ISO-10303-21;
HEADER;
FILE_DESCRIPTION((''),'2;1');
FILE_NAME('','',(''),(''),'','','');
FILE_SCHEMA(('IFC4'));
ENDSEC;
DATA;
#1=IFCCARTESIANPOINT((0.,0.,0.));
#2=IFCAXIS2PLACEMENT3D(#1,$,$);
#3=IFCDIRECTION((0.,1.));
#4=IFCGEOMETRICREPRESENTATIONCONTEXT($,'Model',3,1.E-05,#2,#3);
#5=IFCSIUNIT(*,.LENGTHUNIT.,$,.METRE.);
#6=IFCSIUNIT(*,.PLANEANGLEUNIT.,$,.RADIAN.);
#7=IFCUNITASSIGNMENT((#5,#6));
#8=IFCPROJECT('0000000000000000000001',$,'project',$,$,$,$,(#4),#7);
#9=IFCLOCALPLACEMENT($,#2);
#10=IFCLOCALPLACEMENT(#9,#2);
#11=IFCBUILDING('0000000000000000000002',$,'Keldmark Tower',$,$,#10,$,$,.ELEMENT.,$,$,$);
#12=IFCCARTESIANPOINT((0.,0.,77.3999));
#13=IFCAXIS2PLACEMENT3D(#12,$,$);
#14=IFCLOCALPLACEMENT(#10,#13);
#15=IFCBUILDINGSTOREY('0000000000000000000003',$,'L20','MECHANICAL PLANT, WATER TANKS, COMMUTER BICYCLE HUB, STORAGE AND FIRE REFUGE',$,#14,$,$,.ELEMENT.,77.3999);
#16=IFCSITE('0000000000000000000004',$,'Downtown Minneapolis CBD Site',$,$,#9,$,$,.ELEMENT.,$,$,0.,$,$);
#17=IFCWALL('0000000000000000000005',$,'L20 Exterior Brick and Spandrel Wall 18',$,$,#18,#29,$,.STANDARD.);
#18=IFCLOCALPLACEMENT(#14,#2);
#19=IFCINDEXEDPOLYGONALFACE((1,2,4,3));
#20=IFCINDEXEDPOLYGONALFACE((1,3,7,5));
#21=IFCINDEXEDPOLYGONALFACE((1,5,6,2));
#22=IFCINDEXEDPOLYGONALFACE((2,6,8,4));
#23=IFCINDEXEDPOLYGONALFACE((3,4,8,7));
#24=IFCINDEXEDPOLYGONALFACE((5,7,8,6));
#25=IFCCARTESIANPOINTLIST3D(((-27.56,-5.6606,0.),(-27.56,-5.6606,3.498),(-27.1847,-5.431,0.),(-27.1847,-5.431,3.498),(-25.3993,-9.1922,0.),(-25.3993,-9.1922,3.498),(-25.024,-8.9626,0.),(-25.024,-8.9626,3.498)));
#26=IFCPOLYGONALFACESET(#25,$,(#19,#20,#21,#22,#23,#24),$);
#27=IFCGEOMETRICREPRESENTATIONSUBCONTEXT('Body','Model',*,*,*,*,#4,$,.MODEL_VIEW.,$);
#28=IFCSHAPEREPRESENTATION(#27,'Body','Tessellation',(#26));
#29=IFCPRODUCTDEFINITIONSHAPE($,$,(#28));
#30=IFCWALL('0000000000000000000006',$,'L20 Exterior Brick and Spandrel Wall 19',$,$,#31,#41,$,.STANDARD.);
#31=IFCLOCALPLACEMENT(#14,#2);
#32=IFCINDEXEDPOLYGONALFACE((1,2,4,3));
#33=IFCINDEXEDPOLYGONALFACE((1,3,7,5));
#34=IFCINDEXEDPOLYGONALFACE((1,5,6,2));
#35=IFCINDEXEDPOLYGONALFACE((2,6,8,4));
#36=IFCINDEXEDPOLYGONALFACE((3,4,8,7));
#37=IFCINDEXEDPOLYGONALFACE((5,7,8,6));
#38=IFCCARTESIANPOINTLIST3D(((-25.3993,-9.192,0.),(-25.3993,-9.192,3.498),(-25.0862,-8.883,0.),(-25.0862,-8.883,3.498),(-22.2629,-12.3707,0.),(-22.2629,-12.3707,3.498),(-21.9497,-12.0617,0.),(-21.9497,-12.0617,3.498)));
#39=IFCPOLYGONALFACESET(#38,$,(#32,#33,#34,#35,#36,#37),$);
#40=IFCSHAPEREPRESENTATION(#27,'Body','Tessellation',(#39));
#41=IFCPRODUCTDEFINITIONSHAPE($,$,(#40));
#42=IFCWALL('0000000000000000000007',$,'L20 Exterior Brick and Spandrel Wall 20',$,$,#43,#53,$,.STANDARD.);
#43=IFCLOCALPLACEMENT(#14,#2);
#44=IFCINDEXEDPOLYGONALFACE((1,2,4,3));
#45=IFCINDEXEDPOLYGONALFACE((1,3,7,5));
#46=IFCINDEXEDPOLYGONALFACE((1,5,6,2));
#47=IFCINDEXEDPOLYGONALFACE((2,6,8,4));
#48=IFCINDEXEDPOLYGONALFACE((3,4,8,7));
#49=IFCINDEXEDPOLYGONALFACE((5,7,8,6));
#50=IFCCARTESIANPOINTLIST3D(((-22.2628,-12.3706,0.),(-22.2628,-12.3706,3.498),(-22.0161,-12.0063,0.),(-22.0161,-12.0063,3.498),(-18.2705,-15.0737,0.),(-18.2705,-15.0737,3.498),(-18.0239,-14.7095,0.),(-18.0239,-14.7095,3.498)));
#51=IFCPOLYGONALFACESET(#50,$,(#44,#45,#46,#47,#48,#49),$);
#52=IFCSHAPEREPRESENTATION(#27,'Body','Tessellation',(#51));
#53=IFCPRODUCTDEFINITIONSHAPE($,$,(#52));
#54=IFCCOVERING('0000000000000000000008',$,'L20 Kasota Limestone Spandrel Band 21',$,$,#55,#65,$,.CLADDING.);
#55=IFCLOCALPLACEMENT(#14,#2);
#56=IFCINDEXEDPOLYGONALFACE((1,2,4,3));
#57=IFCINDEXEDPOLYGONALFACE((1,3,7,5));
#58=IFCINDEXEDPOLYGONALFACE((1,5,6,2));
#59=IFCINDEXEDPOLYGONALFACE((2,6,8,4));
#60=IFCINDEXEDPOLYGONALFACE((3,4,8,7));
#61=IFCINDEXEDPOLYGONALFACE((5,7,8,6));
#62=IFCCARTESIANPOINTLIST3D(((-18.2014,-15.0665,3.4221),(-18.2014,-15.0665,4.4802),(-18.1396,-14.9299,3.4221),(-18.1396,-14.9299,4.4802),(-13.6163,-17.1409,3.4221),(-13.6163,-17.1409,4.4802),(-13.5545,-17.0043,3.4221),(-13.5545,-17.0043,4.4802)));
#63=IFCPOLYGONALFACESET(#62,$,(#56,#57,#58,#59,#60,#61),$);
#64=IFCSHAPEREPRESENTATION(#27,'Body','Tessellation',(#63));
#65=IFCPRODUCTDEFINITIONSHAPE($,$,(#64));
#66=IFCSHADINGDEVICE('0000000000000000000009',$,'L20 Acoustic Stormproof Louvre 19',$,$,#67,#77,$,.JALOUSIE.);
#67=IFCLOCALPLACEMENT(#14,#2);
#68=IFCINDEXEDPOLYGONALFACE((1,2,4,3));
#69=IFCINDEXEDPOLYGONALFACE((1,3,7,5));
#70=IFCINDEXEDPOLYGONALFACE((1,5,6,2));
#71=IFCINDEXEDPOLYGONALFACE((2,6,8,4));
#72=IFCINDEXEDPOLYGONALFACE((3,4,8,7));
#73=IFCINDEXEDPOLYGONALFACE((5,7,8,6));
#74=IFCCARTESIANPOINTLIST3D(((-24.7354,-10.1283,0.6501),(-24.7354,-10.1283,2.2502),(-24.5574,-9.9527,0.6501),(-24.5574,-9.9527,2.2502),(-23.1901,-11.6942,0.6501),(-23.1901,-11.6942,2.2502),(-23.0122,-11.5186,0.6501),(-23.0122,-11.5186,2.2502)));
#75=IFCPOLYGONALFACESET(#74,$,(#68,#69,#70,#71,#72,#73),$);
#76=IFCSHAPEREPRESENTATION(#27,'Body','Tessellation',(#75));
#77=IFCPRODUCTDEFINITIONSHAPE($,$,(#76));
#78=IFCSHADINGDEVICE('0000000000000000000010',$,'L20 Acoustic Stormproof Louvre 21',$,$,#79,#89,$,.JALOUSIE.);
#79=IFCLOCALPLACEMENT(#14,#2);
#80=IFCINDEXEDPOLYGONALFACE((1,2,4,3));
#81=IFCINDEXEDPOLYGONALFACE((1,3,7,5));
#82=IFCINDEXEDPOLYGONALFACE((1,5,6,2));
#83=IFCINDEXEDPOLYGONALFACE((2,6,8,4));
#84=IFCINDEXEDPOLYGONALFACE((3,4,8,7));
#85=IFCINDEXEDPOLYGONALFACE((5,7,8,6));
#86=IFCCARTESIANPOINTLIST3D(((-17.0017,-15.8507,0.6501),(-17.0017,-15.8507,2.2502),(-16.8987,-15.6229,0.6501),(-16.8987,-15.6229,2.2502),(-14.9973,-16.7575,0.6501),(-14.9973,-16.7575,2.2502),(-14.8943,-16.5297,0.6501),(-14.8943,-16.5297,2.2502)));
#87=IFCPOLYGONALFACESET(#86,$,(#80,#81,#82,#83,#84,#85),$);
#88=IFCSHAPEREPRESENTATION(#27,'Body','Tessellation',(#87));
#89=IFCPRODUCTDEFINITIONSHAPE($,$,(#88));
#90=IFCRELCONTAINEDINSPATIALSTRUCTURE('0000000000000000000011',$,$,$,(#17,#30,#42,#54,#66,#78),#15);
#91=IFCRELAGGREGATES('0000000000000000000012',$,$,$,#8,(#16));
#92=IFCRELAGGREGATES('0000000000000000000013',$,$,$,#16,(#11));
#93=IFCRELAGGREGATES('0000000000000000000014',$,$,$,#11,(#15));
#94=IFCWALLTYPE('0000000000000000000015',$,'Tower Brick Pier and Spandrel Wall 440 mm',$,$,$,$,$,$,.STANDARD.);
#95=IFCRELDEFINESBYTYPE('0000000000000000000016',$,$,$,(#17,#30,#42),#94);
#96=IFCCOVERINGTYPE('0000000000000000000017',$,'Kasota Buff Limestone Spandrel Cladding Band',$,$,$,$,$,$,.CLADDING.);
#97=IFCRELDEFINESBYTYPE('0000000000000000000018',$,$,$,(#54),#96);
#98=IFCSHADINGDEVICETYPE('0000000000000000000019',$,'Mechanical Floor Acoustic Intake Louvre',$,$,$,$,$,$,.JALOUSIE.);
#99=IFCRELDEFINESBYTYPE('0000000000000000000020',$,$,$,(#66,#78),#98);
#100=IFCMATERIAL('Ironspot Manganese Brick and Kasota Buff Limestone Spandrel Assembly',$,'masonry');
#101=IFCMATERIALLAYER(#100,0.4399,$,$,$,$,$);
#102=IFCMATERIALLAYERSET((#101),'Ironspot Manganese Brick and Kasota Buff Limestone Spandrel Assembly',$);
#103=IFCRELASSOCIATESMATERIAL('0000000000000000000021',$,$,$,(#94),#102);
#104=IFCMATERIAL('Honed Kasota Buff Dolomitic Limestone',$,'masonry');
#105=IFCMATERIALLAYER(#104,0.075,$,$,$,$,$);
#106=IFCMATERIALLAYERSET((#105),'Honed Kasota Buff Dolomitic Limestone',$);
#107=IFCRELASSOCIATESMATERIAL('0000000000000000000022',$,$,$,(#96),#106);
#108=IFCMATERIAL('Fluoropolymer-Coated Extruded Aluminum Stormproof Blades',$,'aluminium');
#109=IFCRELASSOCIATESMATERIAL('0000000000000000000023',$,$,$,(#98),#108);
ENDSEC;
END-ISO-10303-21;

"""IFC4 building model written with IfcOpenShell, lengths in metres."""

from ifc_helpers import new_model, si_unit, direction, frame, frame_2d, origin, origin_2d, place, context, subcontext, project, spatial, rectangle, extrude, material, layer, layer_set, type_object, element, save


model = new_model("IFC4")

# Units and contexts
model_context = context("Model", 3, precision=1e-05, world=origin(), true_north=direction((0.0, 1.0)))
body_context = subcontext(model_context, "Body", "Model", "MODEL_VIEW")
ifc_project = project(units=[si_unit("LENGTHUNIT", "METRE"), si_unit("PLANEANGLEUNIT", "RADIAN")], contexts=[model_context])

# Site, building, storey
site_placement = place(None, origin())
site = spatial("IfcSite", under=ifc_project, at=site_placement, Name="Downtown Minneapolis CBD Site", CompositionType="ELEMENT", RefElevation=0.0)
building_placement = place(site_placement, origin())
building = spatial("IfcBuilding", under=site, at=building_placement, Name="Keldmark Tower", CompositionType="ELEMENT")
storey_placement = place(building_placement, frame((0.0, 0.0, 77.3999)))
storey = spatial("IfcBuildingStorey", under=building, at=storey_placement, Name="L20", Description="MECHANICAL PLANT, WATER TANKS, COMMUTER BICYCLE HUB, STORAGE AND FIRE REFUGE", CompositionType="ELEMENT", Elevation=77.3999)

# Walls
ifc_material_1 = material(Name="Ironspot Manganese Brick and Kasota Buff Limestone Spandrel Assembly", Category="masonry")
ifc_layer_1 = layer(ifc_material_1, 0.4399)
ifc_layer_set_1 = layer_set([ifc_layer_1], Name="Ironspot Manganese Brick and Kasota Buff Limestone Spandrel Assembly")
wall_type = type_object("IfcWallType", Name="Tower Brick Pier and Spandrel Wall 440 mm", PredefinedType="STANDARD", material=ifc_layer_set_1)
wall_1_placement = place(storey_placement, frame((-25.2117, -9.0774, 0.0), z_axis=(0.0, 0.0, 1.0), x_axis=(-0.521891, 0.853012, 0.0)))
element("IfcWall", 1, at=wall_1_placement, inside=storey, type_object=wall_type, Name="L20 Exterior Brick and Spandrel Wall 18", PredefinedType="STANDARD", context=body_context, shape_type="SweptSolid", body=[
    extrude(rectangle(XDim=4.1401, YDim=0.4399, at=frame_2d((2.0701, 0.0))), origin(), (0.0, 0.0, 1.0), 3.498),
])
wall_2_placement = place(storey_placement, frame((-22.1062, -12.2163, 0.0), z_axis=(0.0, 0.0, 1.0), x_axis=(-0.702362, 0.71182, 0.0)))
element("IfcWall", 2, at=wall_2_placement, inside=storey, type_object=wall_type, Name="L20 Exterior Brick and Spandrel Wall 19", PredefinedType="STANDARD", context=body_context, shape_type="SweptSolid", body=[
    extrude(rectangle(XDim=4.4656, YDim=0.4399, at=frame_2d((2.2329, 0.0))), origin(), (0.0, 0.0, 1.0), 3.498),
])
wall_3_placement = place(storey_placement, frame((-18.1472, -14.8916, 0.0), z_axis=(0.0, 0.0, 1.0), x_axis=(-0.82804, 0.560669, 0.0)))
element("IfcWall", 3, at=wall_3_placement, inside=storey, type_object=wall_type, Name="L20 Exterior Brick and Spandrel Wall 20", PredefinedType="STANDARD", context=body_context, shape_type="SweptSolid", body=[
    extrude(rectangle(XDim=4.8213, YDim=0.4399, at=frame_2d((2.4106, 0.0))), origin(), (0.0, 0.0, 1.0), 3.498),
])

# Covering
ifc_material_2 = material(Name="Honed Kasota Buff Dolomitic Limestone", Category="masonry")
ifc_layer_2 = layer(ifc_material_2, 0.075)
ifc_layer_set_2 = layer_set([ifc_layer_2], Name="Honed Kasota Buff Dolomitic Limestone")
covering_type = type_object("IfcCoveringType", Name="Kasota Buff Limestone Spandrel Cladding Band", PredefinedType="CLADDING", material=ifc_layer_set_2)
covering_placement = place(storey_placement, frame((-15.8779, -16.0354, 3.4221), z_axis=(0.0, 0.0, 1.0), x_axis=(0.911094, -0.412198, 0.0)))
element("IfcCovering", 4, at=covering_placement, inside=storey, type_object=covering_type, Name="L20 Kasota Limestone Spandrel Band 21", PredefinedType="CLADDING", context=body_context, shape_type="SweptSolid", body=[
    extrude(rectangle(XDim=5.0325, YDim=0.1499, at=origin_2d()), origin(), (0.0, 0.0, 1.0), 1.0581),
])

# Shading devices
ifc_material_3 = material(Name="Fluoropolymer-Coated Extruded Aluminum Stormproof Blades", Category="aluminium")
shading_device_type = type_object("IfcShadingDeviceType", Name="Mechanical Floor Acoustic Intake Louvre", PredefinedType="JALOUSIE", material=ifc_material_3)
for number, where, z_axis, x_axis, name in (
    (5, (-23.8738, -10.8235, 0.6501), (0.0, 0.0, 1.0), (0.702402, -0.711781, 0.0), "L20 Acoustic Stormproof Louvre 19"),
    (6, (-15.948, -16.1902, 0.6501), (0.0, 0.0, 1.0), (0.911094, -0.412198, 0.0), "L20 Acoustic Stormproof Louvre 21"),
):
    element("IfcShadingDevice", number, at=place(storey_placement, frame(where, z_axis=z_axis, x_axis=x_axis)), inside=storey, type_object=shading_device_type, Name=name, PredefinedType="JALOUSIE", context=body_context, shape_type="SweptSolid", body=[
        extrude(rectangle(XDim=2.2, YDim=0.25, at=origin_2d()), origin(), (0.0, 0.0, 1.0), 1.6001),
    ])

save(model, "model.ifc")
